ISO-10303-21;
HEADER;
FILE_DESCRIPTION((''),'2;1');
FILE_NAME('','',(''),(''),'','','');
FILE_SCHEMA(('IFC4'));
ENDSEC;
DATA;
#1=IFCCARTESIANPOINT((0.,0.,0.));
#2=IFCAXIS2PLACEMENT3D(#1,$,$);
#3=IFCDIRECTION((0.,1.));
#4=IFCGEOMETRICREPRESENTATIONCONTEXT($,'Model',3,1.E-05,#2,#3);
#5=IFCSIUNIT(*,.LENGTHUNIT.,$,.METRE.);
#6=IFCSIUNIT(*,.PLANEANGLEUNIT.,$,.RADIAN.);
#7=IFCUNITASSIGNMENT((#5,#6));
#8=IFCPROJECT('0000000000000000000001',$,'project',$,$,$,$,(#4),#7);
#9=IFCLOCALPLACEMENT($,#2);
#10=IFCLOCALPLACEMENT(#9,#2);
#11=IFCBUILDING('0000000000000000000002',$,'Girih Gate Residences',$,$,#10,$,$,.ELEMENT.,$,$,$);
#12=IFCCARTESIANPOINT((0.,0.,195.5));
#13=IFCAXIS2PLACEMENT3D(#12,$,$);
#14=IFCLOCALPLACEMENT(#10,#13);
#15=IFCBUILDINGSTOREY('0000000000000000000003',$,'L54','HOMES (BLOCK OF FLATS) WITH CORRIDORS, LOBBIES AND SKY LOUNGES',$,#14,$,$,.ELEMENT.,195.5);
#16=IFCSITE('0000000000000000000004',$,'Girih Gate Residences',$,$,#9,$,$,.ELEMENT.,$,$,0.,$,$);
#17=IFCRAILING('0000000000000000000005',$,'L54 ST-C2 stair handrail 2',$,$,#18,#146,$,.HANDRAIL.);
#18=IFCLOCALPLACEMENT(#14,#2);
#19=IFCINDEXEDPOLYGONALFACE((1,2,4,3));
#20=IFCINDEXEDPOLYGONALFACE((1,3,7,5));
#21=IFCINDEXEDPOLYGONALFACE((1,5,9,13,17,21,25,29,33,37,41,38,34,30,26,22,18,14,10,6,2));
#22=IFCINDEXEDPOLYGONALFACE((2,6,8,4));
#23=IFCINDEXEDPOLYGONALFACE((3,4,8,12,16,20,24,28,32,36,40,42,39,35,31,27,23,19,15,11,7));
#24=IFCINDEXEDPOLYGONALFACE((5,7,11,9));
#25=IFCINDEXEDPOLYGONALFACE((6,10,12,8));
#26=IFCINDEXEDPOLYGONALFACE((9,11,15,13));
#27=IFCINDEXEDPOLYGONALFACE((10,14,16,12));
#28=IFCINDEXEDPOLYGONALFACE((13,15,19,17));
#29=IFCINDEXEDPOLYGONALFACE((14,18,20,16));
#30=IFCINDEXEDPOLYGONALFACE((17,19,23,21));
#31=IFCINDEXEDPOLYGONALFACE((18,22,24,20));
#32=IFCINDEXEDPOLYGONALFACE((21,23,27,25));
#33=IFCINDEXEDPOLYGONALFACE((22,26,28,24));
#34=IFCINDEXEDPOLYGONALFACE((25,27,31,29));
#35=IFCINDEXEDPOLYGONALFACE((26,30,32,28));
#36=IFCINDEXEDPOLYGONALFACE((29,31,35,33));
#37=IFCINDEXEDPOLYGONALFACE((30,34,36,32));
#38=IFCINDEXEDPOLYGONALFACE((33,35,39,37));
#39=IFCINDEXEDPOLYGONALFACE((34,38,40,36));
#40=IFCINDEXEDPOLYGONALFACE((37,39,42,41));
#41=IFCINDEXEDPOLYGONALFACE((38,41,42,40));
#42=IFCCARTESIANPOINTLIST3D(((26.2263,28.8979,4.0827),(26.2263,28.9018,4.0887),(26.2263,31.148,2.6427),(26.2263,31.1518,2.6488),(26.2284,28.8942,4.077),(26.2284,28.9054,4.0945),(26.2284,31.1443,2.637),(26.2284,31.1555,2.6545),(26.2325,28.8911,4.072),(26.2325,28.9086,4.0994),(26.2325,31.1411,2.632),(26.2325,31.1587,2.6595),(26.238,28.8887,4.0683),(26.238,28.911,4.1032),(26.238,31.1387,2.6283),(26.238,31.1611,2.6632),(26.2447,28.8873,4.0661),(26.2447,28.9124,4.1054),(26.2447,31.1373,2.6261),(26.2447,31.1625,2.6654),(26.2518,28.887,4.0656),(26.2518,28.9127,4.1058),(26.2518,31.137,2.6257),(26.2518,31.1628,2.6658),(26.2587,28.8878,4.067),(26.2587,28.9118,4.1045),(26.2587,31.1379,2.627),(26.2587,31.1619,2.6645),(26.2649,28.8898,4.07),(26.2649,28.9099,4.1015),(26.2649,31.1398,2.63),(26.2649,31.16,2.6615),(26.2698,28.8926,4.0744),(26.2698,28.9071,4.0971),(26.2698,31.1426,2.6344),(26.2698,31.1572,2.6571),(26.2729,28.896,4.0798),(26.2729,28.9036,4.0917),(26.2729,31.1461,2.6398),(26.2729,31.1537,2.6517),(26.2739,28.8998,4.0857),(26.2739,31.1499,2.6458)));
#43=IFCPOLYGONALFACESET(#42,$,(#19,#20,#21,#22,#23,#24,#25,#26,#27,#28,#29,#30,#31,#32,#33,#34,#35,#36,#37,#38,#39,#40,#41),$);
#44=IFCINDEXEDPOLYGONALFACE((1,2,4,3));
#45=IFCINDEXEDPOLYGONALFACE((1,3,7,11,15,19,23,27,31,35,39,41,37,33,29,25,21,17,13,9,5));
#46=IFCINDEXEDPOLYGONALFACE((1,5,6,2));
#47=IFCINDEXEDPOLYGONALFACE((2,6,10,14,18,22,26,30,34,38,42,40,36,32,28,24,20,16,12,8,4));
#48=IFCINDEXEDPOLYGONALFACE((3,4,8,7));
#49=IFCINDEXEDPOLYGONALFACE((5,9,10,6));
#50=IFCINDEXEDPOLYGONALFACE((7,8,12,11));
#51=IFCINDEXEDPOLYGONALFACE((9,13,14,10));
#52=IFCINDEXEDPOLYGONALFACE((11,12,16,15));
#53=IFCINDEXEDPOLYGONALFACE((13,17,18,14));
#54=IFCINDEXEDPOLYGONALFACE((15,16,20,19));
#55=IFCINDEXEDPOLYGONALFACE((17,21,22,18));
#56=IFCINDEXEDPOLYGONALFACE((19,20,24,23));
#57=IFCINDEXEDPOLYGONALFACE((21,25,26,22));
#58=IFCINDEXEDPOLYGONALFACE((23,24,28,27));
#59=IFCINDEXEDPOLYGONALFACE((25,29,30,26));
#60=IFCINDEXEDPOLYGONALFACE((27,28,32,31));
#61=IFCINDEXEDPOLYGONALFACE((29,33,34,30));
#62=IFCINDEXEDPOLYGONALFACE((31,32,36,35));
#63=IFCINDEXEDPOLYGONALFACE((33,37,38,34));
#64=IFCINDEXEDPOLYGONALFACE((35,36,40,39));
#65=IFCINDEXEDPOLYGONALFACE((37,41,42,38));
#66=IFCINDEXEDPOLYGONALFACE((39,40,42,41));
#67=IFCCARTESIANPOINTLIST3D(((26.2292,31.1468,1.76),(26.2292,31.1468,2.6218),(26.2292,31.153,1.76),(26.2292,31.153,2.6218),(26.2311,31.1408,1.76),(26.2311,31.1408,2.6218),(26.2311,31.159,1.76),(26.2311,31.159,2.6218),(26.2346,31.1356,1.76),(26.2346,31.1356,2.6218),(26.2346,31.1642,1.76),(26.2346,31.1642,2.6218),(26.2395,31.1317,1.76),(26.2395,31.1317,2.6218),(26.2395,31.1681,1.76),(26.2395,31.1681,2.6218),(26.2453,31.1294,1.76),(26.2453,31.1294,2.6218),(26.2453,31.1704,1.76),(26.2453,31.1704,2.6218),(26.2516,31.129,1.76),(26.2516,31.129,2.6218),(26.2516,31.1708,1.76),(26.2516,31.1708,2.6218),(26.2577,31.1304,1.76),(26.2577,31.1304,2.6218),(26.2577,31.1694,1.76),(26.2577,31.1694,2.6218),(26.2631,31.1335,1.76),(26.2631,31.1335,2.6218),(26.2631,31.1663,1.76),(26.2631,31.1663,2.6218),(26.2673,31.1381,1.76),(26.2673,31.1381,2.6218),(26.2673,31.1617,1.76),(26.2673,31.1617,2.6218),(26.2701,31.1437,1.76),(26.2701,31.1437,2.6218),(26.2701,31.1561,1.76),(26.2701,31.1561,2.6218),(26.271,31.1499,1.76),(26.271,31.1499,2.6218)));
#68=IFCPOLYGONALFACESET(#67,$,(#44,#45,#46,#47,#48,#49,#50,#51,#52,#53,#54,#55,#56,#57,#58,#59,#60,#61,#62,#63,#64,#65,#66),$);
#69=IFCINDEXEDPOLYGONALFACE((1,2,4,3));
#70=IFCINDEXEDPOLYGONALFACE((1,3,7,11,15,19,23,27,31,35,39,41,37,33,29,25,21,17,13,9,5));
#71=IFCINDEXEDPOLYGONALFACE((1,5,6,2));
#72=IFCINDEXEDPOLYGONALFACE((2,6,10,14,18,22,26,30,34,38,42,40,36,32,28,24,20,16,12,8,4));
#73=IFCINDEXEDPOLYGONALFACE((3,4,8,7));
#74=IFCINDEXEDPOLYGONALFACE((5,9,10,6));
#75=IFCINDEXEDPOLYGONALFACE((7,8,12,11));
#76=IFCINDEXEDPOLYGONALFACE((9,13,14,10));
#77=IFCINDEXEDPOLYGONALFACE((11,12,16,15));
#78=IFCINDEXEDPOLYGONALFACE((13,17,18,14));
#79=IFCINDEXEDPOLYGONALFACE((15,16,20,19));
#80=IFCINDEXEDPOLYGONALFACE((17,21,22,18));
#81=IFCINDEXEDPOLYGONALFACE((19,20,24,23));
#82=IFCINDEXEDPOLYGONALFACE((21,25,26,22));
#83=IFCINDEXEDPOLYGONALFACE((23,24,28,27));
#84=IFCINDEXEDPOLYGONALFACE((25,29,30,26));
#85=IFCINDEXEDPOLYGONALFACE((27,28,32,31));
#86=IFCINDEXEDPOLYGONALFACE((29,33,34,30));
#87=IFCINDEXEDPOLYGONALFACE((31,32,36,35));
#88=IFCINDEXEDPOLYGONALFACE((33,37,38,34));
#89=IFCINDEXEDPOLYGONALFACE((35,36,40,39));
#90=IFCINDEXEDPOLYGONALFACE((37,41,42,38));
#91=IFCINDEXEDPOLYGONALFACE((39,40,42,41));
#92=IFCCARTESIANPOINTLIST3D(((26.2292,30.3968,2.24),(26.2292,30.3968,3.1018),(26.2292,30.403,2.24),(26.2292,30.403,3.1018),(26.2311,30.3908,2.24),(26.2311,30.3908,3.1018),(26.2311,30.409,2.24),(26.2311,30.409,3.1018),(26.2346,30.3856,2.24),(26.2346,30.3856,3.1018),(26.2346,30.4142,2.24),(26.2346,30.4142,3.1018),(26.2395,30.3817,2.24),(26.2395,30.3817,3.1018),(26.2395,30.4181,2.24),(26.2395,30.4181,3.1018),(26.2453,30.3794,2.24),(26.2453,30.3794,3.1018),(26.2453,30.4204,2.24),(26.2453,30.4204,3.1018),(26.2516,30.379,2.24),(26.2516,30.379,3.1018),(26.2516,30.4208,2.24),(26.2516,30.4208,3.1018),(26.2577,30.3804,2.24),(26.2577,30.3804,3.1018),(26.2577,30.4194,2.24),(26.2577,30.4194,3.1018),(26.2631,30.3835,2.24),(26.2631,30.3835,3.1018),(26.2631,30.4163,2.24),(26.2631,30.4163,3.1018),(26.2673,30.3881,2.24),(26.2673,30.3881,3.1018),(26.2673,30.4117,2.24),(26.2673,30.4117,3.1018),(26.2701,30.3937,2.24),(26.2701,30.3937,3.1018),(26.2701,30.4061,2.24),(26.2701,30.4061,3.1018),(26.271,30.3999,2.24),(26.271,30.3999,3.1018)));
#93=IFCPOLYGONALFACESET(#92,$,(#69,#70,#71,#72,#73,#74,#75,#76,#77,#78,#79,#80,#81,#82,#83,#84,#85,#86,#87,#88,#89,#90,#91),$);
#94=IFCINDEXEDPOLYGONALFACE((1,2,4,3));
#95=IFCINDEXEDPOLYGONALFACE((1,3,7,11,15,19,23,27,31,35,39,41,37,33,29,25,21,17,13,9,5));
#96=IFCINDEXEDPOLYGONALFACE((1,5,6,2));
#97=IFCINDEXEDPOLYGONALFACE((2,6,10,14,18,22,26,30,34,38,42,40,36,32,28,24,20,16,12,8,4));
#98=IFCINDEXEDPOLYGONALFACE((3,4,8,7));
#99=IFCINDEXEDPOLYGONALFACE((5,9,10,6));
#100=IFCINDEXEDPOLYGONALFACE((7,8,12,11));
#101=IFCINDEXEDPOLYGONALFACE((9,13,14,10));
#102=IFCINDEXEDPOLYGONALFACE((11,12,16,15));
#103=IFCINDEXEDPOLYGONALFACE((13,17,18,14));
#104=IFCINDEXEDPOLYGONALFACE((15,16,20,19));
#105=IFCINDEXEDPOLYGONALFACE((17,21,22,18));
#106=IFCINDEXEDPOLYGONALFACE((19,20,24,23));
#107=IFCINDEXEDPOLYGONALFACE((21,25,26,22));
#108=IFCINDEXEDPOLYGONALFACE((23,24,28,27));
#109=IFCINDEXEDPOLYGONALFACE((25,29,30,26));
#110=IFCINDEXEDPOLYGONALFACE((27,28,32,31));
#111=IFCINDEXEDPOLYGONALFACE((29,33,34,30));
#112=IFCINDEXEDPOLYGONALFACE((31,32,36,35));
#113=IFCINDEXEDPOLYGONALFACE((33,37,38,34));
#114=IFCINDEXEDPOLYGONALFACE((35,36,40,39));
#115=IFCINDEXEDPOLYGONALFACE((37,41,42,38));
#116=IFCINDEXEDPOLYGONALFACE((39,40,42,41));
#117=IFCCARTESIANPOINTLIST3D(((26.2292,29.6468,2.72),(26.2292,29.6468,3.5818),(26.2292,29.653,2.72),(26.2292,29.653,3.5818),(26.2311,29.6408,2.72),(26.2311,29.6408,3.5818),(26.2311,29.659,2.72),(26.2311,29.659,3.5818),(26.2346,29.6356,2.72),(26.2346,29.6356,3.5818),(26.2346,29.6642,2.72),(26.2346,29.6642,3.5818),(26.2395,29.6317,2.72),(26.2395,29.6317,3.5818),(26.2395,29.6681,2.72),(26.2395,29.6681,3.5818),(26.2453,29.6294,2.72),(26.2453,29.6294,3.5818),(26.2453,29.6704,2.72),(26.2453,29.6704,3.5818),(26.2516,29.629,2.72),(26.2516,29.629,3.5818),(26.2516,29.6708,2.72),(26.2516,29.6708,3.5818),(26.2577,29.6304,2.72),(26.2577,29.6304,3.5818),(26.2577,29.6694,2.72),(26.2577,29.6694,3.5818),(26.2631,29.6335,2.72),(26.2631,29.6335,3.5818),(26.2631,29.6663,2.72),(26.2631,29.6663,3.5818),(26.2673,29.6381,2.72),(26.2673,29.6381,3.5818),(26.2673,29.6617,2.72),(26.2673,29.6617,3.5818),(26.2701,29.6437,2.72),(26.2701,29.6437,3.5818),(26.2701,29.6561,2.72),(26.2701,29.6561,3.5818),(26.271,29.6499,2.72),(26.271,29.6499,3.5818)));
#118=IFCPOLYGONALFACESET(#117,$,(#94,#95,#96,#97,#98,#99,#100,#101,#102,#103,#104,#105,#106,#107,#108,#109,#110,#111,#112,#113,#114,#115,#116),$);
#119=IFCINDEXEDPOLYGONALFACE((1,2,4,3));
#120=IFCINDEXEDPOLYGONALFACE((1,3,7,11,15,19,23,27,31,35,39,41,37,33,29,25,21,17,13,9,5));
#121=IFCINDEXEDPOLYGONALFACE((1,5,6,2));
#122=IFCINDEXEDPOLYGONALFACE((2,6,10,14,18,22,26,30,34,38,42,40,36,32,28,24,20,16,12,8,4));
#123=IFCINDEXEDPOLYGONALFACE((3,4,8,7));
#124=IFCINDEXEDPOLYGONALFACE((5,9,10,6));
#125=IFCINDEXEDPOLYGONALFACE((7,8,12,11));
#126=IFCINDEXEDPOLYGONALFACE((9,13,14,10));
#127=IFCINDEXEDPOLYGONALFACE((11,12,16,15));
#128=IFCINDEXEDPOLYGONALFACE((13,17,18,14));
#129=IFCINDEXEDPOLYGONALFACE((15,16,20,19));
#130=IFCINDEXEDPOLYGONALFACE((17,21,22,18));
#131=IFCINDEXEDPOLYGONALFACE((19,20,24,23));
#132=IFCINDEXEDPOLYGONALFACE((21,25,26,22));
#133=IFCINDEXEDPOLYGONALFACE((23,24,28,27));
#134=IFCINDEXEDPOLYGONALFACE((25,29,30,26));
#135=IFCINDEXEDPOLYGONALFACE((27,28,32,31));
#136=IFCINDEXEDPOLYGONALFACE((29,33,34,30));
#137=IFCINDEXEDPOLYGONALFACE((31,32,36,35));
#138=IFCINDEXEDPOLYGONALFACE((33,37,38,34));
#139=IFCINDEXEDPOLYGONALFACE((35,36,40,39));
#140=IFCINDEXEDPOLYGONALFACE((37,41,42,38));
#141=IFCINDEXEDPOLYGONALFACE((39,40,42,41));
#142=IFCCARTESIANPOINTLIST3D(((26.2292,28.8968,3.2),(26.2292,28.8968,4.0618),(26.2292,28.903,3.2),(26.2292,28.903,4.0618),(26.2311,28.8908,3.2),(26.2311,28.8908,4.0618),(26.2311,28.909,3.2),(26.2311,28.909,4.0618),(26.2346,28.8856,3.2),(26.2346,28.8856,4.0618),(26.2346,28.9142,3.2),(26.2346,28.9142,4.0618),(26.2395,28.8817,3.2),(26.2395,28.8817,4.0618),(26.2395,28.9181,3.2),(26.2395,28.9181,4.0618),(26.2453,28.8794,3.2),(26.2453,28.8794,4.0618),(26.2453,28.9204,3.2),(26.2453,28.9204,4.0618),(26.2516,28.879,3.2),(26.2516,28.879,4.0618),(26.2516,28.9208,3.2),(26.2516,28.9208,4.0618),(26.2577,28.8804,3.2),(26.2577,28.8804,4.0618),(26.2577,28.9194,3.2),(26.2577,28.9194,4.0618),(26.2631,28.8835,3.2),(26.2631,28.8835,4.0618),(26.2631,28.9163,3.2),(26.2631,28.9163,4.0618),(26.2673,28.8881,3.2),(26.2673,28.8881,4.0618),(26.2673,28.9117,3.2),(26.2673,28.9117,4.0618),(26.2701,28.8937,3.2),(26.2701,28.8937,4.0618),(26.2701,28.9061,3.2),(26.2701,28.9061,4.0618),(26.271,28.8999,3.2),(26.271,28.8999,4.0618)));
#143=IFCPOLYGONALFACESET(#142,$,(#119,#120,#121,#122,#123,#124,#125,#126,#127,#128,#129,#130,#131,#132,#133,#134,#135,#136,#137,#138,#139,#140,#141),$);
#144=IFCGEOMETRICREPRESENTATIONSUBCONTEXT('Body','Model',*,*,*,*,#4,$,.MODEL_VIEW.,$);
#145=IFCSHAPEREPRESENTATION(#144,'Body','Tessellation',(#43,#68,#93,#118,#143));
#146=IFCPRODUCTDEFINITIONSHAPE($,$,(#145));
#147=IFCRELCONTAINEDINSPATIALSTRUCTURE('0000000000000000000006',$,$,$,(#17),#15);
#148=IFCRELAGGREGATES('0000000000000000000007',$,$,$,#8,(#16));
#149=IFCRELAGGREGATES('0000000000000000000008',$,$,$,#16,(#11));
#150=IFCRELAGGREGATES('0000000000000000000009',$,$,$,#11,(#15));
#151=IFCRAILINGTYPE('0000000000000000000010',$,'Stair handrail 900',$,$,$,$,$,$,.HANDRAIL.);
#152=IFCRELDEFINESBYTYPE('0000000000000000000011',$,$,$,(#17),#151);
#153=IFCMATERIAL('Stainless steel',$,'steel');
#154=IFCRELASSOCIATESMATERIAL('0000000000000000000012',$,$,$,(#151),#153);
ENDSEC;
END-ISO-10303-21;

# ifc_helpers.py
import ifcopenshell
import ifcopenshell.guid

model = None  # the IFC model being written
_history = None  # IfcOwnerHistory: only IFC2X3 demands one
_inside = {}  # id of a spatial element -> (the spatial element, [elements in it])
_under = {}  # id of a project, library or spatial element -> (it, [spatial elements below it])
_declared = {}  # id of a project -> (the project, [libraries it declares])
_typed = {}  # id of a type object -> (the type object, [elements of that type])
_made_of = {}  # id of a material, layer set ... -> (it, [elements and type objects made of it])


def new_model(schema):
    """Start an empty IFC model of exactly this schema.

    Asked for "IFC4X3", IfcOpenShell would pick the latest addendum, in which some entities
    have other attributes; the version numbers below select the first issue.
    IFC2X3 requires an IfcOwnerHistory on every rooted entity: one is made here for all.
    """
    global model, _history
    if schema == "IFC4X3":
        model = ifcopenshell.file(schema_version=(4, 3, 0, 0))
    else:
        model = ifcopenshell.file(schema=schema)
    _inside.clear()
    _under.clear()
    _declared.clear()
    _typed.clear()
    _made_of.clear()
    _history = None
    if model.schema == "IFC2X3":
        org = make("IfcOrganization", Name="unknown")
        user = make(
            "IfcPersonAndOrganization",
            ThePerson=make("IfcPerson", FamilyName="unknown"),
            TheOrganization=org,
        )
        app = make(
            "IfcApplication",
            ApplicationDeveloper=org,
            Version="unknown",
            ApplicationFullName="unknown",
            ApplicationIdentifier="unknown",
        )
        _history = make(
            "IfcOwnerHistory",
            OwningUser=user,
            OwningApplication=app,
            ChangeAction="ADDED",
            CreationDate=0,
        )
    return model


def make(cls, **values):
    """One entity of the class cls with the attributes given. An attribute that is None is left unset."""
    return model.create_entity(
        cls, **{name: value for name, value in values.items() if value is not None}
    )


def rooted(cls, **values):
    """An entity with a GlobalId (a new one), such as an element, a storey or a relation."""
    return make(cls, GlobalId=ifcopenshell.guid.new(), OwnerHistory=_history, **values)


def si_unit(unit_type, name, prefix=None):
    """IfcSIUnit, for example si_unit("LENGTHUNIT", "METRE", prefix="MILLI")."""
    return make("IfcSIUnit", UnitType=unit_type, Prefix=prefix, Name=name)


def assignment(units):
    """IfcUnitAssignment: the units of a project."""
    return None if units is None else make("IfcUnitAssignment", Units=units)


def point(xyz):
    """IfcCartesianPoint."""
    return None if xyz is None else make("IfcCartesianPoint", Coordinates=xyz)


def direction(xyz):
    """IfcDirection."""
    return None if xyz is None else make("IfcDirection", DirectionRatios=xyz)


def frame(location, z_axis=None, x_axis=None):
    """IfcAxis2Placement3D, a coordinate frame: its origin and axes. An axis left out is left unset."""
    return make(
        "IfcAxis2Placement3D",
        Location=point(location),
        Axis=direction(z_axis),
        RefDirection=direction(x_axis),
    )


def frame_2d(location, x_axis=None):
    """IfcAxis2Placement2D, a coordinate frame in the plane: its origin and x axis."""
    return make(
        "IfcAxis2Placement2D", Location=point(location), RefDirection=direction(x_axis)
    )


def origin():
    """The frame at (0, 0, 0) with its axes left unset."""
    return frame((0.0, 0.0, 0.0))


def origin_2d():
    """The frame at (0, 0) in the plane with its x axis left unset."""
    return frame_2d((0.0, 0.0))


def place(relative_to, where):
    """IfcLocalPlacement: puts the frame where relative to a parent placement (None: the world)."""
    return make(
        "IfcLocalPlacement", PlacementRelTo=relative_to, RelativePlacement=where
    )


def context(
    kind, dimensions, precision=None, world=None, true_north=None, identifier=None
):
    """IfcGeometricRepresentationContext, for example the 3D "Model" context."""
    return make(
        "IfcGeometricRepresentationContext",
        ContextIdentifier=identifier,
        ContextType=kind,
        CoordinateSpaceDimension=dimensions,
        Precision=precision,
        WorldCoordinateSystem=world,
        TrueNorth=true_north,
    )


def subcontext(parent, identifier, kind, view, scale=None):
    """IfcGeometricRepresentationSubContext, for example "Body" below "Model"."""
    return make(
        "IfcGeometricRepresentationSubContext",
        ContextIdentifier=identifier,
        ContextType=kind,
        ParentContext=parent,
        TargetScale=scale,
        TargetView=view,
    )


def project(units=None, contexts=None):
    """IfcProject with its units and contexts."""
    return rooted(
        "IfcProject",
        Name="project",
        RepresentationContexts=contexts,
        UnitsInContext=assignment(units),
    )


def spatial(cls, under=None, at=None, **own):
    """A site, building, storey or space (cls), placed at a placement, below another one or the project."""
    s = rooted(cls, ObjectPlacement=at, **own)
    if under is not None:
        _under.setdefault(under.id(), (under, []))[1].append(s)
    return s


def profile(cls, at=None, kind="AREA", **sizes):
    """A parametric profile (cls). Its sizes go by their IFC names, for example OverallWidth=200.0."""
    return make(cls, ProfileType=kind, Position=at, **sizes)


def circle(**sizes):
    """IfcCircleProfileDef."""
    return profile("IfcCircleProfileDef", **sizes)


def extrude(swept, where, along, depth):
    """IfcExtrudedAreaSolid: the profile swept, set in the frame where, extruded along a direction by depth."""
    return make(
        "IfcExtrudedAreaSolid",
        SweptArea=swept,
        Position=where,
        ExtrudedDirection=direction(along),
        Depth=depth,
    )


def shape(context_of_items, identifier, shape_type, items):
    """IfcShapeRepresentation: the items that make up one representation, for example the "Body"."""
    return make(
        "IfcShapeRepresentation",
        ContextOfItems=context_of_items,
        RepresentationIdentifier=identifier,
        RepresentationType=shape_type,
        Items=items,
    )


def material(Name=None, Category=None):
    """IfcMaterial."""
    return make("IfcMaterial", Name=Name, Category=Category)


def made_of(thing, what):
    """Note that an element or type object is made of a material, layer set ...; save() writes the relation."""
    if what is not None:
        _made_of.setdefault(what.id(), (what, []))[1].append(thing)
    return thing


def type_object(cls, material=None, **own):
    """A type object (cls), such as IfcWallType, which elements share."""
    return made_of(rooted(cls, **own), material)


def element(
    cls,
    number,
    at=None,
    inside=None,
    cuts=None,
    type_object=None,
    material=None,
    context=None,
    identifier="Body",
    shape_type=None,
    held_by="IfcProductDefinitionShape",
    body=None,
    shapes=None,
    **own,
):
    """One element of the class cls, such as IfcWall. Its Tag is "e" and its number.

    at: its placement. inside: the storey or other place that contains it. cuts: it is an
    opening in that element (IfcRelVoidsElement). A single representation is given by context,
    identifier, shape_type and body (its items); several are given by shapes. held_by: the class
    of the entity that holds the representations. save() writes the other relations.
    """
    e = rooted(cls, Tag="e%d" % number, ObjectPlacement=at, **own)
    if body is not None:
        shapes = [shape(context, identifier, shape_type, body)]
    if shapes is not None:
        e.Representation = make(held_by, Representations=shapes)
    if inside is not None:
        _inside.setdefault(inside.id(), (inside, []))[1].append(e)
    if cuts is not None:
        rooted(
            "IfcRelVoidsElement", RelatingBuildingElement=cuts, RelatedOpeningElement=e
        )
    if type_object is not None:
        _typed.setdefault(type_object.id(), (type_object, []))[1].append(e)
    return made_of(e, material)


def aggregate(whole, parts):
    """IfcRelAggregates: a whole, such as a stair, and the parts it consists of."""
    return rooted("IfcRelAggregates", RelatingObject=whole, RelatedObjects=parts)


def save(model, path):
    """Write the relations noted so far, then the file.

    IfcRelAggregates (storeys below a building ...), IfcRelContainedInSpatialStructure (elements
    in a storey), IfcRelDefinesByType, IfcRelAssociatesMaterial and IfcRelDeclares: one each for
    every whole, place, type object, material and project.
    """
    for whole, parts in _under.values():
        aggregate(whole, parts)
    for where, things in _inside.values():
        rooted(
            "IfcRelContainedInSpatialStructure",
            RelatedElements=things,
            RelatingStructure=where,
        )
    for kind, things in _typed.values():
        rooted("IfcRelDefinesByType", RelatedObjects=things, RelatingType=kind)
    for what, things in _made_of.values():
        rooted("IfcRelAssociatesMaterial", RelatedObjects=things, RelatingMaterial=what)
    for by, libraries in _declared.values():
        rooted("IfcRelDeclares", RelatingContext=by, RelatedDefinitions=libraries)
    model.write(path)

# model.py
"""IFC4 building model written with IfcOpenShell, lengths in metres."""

from ifc_helpers import new_model, si_unit, direction, frame, origin, origin_2d, place, context, subcontext, project, spatial, circle, extrude, material, type_object, element, save


model = new_model("IFC4")

# Units and contexts
model_context = context("Model", 3, precision=1e-05, world=origin(), true_north=direction((0.0, 1.0)))
body_context = subcontext(model_context, "Body", "Model", "MODEL_VIEW")
ifc_project = project(units=[si_unit("LENGTHUNIT", "METRE"), si_unit("PLANEANGLEUNIT", "RADIAN")], contexts=[model_context])

# Site, building, storey
site_placement = place(None, origin())
site = spatial("IfcSite", under=ifc_project, at=site_placement, Name="Girih Gate Residences", CompositionType="ELEMENT", RefElevation=0.0)
building_placement = place(site_placement, origin())
building = spatial("IfcBuilding", under=site, at=building_placement, Name="Girih Gate Residences", CompositionType="ELEMENT")
storey_placement = place(building_placement, frame((0.0, 0.0, 195.5)))
storey = spatial("IfcBuildingStorey", under=building, at=storey_placement, Name="L54", Description="HOMES (BLOCK OF FLATS) WITH CORRIDORS, LOBBIES AND SKY LOUNGES", CompositionType="ELEMENT", Elevation=195.5)

# Railing
ifc_material_1 = material(Name="Stainless steel", Category="steel")
railing_type_1 = type_object("IfcRailingType", Name="Stair handrail 900", PredefinedType="HANDRAIL", material=ifc_material_1)
railing_1_placement = place(storey_placement, frame((26.25, 31.1499, 1.76)))
element("IfcRailing", 1, at=railing_1_placement, inside=storey, type_object=railing_type_1, Name="L54 ST-C2 stair handrail 2", PredefinedType="HANDRAIL", context=body_context, shape_type="SweptSolid", body=[
    extrude(circle(Radius=0.0239, at=origin_2d()), frame((0.0, 0.0, 0.8857), z_axis=(0.0, -0.842281, 0.539038), x_axis=(1.0, 0.0, 0.0)), (0.0, 0.0, 1.0), 2.6714),
    extrude(circle(Radius=0.021, at=origin_2d()), origin(), (0.0, 0.0, 1.0), 0.8618),
    extrude(circle(Radius=0.021, at=origin_2d()), frame((0.0, -0.75, 0.48)), (0.0, 0.0, 1.0), 0.8618),
    extrude(circle(Radius=0.021, at=origin_2d()), frame((0.0, -1.5, 0.96)), (0.0, 0.0, 1.0), 0.8618),
    extrude(circle(Radius=0.021, at=origin_2d()), frame((0.0, -2.25, 1.4399)), (0.0, 0.0, 1.0), 0.8618),
])

save(model, "model.ifc")
